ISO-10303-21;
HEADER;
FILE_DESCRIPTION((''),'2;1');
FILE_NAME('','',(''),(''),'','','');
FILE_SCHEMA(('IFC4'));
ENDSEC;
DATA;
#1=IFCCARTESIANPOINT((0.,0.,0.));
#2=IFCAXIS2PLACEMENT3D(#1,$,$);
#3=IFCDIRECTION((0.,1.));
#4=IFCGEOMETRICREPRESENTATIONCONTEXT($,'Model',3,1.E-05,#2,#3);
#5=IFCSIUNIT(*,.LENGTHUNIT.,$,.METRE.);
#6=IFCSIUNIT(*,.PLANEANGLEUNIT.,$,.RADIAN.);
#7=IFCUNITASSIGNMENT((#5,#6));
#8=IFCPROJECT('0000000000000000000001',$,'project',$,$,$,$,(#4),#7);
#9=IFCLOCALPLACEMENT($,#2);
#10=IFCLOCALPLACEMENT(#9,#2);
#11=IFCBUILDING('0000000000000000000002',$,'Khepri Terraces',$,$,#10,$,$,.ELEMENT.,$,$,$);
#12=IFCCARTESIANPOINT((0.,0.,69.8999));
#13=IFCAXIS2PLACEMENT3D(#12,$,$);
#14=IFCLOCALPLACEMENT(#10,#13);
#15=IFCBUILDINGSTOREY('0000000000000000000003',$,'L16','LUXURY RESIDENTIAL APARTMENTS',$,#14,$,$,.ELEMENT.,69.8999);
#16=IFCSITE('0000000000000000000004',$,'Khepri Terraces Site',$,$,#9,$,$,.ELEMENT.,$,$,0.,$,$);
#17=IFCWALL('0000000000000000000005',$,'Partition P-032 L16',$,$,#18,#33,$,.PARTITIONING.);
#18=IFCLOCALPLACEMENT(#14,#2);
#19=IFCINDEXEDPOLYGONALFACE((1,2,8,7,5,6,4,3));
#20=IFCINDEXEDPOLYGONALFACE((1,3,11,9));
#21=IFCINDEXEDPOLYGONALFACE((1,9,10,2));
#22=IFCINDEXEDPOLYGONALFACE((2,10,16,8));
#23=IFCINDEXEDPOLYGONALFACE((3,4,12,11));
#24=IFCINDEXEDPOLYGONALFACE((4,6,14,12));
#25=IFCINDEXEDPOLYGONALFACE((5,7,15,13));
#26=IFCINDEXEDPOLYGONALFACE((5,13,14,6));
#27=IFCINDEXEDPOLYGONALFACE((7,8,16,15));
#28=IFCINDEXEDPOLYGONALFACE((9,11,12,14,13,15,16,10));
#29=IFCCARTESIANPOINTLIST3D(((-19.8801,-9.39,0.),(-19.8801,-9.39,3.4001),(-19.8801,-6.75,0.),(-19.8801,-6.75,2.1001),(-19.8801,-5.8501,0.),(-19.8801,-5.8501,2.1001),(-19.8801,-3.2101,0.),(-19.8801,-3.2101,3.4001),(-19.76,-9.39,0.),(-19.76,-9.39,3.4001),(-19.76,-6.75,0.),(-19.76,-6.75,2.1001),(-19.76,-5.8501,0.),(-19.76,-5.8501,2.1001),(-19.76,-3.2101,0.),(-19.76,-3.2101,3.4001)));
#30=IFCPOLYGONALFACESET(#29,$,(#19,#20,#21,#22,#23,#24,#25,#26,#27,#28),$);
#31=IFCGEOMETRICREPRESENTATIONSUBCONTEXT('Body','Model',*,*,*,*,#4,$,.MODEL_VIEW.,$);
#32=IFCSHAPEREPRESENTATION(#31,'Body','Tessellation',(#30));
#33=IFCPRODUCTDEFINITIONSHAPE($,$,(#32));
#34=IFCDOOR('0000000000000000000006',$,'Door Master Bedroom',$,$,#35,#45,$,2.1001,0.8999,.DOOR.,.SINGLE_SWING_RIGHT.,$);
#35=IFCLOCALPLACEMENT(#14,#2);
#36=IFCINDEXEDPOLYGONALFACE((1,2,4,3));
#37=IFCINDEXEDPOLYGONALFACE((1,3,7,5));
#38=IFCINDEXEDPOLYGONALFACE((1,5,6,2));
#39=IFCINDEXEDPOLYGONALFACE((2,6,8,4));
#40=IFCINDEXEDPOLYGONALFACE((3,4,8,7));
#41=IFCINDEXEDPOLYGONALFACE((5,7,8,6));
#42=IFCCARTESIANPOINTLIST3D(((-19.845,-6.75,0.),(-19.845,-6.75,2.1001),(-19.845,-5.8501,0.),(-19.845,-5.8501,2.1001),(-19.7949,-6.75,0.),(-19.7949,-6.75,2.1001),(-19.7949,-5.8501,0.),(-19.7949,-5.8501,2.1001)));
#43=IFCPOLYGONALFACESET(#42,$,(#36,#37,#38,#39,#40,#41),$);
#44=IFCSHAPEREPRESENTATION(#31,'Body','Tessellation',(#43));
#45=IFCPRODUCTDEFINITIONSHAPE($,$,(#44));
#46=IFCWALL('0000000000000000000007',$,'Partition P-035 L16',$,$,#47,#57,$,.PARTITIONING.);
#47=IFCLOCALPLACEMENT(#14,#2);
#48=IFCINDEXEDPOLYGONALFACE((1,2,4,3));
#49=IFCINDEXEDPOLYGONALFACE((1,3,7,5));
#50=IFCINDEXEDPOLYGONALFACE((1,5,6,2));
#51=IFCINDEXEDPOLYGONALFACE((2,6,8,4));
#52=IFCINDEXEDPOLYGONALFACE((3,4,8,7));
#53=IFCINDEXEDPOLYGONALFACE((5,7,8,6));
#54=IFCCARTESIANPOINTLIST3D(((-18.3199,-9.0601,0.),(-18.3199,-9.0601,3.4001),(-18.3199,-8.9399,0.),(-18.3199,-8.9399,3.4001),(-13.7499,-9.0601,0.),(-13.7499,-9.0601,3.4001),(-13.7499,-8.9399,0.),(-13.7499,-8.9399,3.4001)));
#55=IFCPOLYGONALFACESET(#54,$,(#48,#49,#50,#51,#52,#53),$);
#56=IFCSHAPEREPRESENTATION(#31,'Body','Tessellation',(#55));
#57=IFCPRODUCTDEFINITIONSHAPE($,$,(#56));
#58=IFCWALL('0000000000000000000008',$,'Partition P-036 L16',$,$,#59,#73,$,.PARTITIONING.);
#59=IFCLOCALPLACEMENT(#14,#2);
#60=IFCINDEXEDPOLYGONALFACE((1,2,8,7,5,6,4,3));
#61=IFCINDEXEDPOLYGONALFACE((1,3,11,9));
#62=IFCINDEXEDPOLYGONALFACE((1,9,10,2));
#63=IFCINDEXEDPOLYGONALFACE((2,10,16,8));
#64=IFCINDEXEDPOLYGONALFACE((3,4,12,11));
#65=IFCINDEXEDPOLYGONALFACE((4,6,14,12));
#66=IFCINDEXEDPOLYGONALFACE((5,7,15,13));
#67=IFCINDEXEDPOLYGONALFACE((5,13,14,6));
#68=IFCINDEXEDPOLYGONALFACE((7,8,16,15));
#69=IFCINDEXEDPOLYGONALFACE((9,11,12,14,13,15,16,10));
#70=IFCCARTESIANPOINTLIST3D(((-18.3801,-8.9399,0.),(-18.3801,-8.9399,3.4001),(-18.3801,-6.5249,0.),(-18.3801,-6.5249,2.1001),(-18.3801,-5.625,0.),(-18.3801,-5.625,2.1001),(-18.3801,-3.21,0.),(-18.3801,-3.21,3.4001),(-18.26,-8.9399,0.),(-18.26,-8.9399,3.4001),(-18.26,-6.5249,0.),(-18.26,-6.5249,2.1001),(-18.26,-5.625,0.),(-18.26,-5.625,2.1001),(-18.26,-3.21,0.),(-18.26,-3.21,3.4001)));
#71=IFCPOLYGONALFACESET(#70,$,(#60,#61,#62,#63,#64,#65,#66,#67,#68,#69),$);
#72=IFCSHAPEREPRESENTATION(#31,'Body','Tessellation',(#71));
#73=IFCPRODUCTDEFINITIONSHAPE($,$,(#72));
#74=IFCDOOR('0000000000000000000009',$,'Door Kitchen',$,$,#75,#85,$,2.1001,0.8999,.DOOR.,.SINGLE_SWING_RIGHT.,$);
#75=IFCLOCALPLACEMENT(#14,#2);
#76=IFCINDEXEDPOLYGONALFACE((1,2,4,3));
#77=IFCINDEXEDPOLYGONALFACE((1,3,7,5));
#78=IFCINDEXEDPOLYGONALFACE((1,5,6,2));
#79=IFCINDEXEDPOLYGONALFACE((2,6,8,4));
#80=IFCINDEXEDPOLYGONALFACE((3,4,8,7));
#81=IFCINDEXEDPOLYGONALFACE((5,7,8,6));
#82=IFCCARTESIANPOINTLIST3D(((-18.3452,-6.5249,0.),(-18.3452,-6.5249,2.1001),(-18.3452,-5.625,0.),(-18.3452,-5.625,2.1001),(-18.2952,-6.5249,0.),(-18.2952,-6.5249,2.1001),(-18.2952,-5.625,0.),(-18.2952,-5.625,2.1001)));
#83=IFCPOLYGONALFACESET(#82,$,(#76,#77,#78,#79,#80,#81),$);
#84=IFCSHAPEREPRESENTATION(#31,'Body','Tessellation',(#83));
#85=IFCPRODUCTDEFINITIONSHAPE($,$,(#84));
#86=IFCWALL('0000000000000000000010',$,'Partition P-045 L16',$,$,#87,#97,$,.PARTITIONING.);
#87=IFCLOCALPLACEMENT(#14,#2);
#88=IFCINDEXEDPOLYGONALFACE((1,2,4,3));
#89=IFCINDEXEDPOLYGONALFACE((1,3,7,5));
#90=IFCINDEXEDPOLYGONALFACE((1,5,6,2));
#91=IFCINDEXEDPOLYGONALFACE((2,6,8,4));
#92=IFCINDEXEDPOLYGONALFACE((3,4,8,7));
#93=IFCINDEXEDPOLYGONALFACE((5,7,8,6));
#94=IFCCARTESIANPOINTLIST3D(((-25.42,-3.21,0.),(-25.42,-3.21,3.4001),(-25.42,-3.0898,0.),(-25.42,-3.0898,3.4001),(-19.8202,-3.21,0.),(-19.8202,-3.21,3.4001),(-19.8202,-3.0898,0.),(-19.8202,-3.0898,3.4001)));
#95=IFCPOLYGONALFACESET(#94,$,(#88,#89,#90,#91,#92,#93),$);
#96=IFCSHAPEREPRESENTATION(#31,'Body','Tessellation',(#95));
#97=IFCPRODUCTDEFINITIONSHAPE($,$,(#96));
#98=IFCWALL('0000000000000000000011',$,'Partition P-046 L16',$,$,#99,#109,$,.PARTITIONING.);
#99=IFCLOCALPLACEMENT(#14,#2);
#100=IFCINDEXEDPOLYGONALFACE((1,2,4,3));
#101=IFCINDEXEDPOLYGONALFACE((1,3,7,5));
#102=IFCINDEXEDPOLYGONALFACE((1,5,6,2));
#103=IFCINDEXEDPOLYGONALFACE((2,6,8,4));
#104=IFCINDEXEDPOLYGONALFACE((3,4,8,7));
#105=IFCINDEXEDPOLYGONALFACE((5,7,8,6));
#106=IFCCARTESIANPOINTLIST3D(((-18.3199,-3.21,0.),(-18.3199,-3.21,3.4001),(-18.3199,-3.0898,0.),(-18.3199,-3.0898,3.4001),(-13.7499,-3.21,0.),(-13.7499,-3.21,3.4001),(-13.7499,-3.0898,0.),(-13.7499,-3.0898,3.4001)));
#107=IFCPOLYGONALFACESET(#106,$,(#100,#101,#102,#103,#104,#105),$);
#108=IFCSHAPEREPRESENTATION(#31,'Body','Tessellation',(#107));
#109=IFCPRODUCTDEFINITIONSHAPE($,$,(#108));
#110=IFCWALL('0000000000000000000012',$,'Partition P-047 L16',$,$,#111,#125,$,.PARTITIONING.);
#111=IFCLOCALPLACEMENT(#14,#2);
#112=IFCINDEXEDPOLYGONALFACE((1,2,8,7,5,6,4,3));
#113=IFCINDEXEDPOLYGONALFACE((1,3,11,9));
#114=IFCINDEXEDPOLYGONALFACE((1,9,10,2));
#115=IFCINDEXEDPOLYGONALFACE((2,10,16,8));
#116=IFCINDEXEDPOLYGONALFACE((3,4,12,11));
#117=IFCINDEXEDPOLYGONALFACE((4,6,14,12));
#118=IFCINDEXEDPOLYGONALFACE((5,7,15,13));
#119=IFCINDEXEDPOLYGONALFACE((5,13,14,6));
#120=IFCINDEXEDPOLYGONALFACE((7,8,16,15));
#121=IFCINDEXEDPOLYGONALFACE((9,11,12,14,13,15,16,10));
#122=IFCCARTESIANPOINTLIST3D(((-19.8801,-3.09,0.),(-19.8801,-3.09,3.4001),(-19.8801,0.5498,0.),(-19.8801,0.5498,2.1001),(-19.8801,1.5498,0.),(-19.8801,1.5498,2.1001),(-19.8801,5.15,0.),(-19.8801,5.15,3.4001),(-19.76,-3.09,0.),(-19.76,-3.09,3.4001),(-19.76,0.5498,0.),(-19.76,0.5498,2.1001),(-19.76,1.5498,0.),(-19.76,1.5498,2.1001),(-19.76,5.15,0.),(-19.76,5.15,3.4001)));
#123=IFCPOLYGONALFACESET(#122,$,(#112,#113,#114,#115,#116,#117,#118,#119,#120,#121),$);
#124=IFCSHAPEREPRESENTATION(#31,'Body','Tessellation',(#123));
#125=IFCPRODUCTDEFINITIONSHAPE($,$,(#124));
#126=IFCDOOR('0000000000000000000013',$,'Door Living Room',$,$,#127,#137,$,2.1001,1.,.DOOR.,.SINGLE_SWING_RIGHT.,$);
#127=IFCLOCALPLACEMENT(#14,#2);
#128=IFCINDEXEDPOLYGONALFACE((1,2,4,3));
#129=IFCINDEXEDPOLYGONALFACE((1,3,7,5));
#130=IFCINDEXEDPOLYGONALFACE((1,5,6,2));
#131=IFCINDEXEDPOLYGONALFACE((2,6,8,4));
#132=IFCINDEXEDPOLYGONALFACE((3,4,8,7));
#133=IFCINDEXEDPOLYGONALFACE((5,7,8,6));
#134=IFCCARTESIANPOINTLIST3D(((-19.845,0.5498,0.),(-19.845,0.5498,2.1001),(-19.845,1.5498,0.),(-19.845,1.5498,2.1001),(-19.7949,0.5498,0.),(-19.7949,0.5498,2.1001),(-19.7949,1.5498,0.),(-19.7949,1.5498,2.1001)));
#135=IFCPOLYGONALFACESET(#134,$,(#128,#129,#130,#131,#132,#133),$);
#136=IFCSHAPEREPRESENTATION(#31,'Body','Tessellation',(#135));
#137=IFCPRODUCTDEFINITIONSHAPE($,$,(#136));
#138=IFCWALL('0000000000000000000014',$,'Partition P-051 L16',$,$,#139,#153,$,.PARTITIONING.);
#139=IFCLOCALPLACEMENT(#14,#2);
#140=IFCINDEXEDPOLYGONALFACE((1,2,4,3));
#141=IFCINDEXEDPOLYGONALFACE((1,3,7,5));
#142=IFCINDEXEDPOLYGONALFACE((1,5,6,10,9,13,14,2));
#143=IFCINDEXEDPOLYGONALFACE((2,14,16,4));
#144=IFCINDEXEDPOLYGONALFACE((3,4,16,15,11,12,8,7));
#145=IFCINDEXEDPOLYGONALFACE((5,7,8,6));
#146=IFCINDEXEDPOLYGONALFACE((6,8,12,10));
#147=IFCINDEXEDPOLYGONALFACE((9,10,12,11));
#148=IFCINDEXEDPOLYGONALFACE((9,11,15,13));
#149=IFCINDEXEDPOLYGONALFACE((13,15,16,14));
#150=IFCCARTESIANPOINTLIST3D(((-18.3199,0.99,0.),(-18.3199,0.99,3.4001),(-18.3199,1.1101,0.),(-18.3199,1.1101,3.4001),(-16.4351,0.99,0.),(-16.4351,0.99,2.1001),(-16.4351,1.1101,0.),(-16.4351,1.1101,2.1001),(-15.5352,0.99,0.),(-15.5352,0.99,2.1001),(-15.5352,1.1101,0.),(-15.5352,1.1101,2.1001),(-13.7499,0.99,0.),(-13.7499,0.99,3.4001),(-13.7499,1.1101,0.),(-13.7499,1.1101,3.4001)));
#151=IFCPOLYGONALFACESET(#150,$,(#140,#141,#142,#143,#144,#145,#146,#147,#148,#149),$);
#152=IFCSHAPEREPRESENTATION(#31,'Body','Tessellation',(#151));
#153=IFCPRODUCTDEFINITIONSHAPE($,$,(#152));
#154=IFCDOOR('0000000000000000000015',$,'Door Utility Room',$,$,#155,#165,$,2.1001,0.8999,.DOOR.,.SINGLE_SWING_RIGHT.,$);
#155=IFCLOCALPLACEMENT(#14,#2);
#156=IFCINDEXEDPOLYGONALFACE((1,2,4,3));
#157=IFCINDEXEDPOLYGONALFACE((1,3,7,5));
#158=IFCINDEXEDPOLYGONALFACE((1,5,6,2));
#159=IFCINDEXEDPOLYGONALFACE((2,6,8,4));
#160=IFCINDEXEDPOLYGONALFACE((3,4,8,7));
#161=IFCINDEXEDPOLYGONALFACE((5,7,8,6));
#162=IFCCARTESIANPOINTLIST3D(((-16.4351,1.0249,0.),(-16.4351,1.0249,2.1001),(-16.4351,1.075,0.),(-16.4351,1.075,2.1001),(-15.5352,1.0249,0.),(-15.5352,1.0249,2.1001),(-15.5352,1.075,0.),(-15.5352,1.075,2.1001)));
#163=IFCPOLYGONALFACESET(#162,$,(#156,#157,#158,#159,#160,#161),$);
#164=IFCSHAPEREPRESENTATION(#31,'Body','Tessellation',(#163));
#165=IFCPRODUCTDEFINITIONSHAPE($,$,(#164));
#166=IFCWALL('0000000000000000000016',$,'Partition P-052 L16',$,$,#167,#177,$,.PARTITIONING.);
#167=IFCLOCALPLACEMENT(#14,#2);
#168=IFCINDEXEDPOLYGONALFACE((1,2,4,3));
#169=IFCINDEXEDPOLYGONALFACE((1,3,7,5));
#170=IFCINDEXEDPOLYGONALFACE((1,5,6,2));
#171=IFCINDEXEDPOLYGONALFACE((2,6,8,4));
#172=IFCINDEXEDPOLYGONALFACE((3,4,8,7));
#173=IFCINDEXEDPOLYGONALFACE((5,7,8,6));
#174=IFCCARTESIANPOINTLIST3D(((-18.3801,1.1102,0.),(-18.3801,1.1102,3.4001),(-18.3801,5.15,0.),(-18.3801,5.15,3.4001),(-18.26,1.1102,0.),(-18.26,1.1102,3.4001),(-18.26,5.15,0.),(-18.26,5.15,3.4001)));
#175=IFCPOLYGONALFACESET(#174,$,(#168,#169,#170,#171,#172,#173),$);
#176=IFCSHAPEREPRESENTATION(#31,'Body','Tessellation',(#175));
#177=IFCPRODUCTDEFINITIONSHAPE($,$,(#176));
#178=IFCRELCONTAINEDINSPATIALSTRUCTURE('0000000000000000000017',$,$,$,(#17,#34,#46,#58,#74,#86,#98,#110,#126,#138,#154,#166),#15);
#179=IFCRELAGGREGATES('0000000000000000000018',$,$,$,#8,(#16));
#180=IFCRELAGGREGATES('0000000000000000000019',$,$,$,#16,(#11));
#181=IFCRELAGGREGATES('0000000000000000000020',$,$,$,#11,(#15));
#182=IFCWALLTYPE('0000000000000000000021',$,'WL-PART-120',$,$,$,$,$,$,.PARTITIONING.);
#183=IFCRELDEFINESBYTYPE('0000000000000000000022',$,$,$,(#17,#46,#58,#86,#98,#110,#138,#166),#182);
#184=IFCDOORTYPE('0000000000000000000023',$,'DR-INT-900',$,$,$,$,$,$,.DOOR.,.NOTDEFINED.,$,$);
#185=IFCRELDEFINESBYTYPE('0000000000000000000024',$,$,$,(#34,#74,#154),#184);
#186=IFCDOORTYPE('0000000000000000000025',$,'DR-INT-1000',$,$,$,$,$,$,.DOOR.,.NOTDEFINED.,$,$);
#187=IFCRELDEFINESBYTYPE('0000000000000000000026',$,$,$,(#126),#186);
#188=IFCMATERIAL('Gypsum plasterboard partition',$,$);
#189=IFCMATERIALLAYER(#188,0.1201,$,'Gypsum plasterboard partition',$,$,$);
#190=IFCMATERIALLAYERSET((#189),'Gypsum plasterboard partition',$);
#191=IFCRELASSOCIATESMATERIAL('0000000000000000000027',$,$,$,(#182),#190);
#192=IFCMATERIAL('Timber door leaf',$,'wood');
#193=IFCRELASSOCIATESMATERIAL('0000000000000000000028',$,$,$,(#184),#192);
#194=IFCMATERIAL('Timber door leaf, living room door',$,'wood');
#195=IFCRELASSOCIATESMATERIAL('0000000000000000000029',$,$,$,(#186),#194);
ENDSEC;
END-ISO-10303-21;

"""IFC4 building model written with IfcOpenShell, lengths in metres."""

from ifc_helpers import new_model, si_unit, direction, frame, frame_2d, origin, place, context, subcontext, project, spatial, rectangle, extrude, material, layer, layer_set, type_object, element, fill, save


model = new_model("IFC4")

# Units and contexts
model_context = context("Model", 3, precision=1e-05, world=origin(), true_north=direction((0.0, 1.0)))
body_context = subcontext(model_context, "Body", "Model", "MODEL_VIEW")
ifc_project = project(units=[si_unit("LENGTHUNIT", "METRE"), si_unit("PLANEANGLEUNIT", "RADIAN")], contexts=[model_context])

# Site, building, storey
site_placement = place(None, origin())
site = spatial("IfcSite", under=ifc_project, at=site_placement, Name="Khepri Terraces Site", CompositionType="ELEMENT", RefElevation=0.0)
building_placement = place(site_placement, origin())
building = spatial("IfcBuilding", under=site, at=building_placement, Name="Khepri Terraces", CompositionType="ELEMENT")
storey_placement = place(building_placement, frame((0.0, 0.0, 69.8999)))
storey = spatial("IfcBuildingStorey", under=building, at=storey_placement, Name="L16", Description="LUXURY RESIDENTIAL APARTMENTS", CompositionType="ELEMENT", Elevation=69.8999)

# Wall, opening, door
ifc_material_1 = material(Name="Gypsum plasterboard partition")
ifc_layer_1 = layer(ifc_material_1, 0.1201, Name="Gypsum plasterboard partition")
ifc_layer_set_1 = layer_set([ifc_layer_1], Name="Gypsum plasterboard partition")
wall_type_1 = type_object("IfcWallType", Name="WL-PART-120", PredefinedType="PARTITIONING", material=ifc_layer_set_1)
ifc_material_2 = material(Name="Timber door leaf", Category="wood")
door_type_1 = type_object("IfcDoorType", Name="DR-INT-900", OperationType="NOTDEFINED", PredefinedType="DOOR", material=ifc_material_2)
wall_1_placement = place(storey_placement, frame((-19.8201, -9.3899, 0.0), z_axis=(0.0, 0.0, 1.0), x_axis=(0.0, 1.0, 0.0)))
wall_1 = element("IfcWall", 1, at=wall_1_placement, inside=storey, type_object=wall_type_1, Name="Partition P-032 L16", PredefinedType="PARTITIONING", context=body_context, shape_type="SweptSolid", body=[
    extrude(rectangle(XDim=6.1799, YDim=0.1201, at=frame_2d((3.0898, 0.0))), origin(), (0.0, 0.0, 1.0), 3.4001),
])
opening_1_placement = place(wall_1_placement, frame((2.6399, 0.0, 0.0)))
opening_1 = element("IfcOpeningElement", 2, at=opening_1_placement, cuts=wall_1, PredefinedType="OPENING", context=body_context, shape_type="SweptSolid", body=[
    extrude(rectangle(XDim=0.8999, YDim=2.1001, at=frame_2d((0.45, 1.05))), frame((0.0, 0.0701, 0.0), z_axis=(0.0, -1.0, 0.0), x_axis=(1.0, 0.0, 0.0)), (0.0, 0.0, 1.0), 0.1401),
])
door_1_placement = place(opening_1_placement, origin())
door_1 = element("IfcDoor", 3, at=door_1_placement, inside=storey, type_object=door_type_1, Name="Door Master Bedroom", OperationType="SINGLE_SWING_RIGHT", OverallHeight=2.1001, OverallWidth=0.8999, PredefinedType="DOOR", context=body_context, shape_type="SweptSolid", body=[
    extrude(rectangle(XDim=0.8999, YDim=2.1001, at=frame_2d((0.45, 1.05))), frame((0.0, 0.0249, 0.0), z_axis=(0.0, -1.0, 0.0), x_axis=(1.0, 0.0, 0.0)), (0.0, 0.0, 1.0), 0.05),
])
fill(opening_1, door_1)

# Wall
wall_2_placement = place(storey_placement, frame((-18.3201, -9.0, 0.0), z_axis=(0.0, 0.0, 1.0), x_axis=(1.0, 0.0, 0.0)))
element("IfcWall", 4, at=wall_2_placement, inside=storey, type_object=wall_type_1, Name="Partition P-035 L16", PredefinedType="PARTITIONING", context=body_context, shape_type="SweptSolid", body=[
    extrude(rectangle(XDim=4.5701, YDim=0.1201, at=frame_2d((2.2852, 0.0))), origin(), (0.0, 0.0, 1.0), 3.4001),
])

# Wall, opening, door
wall_3_placement = place(storey_placement, frame((-18.3201, -8.9399, 0.0), z_axis=(0.0, 0.0, 1.0), x_axis=(0.0, 1.0, 0.0)))
wall_3 = element("IfcWall", 5, at=wall_3_placement, inside=storey, type_object=wall_type_1, Name="Partition P-036 L16", PredefinedType="PARTITIONING", context=body_context, shape_type="SweptSolid", body=[
    extrude(rectangle(XDim=5.73, YDim=0.1201, at=frame_2d((2.865, 0.0))), origin(), (0.0, 0.0, 1.0), 3.4001),
])
opening_2_placement = place(wall_3_placement, frame((2.415, 0.0, 0.0)))
opening_2 = element("IfcOpeningElement", 6, at=opening_2_placement, cuts=wall_3, PredefinedType="OPENING", context=body_context, shape_type="SweptSolid", body=[
    extrude(rectangle(XDim=0.8999, YDim=2.1001, at=frame_2d((0.45, 1.05))), frame((0.0, 0.0701, 0.0), z_axis=(0.0, -1.0, 0.0), x_axis=(1.0, 0.0, 0.0)), (0.0, 0.0, 1.0), 0.1401),
])
door_2_placement = place(opening_2_placement, frame((0.8999, 0.0, 0.0), z_axis=(0.0, 0.0, 1.0), x_axis=(-1.0, 0.0, 0.0)))
door_2 = element("IfcDoor", 7, at=door_2_placement, inside=storey, type_object=door_type_1, Name="Door Kitchen", OperationType="SINGLE_SWING_RIGHT", OverallHeight=2.1001, OverallWidth=0.8999, PredefinedType="DOOR", context=body_context, shape_type="SweptSolid", body=[
    extrude(rectangle(XDim=0.8999, YDim=2.1001, at=frame_2d((0.45, 1.05))), frame((0.0, 0.0249, 0.0), z_axis=(0.0, -1.0, 0.0), x_axis=(1.0, 0.0, 0.0)), (0.0, 0.0, 1.0), 0.05),
])
fill(opening_2, door_2)

# Walls
wall_4_placement = place(storey_placement, frame((-25.4199, -3.1499, 0.0), z_axis=(0.0, 0.0, 1.0), x_axis=(1.0, 0.0, 0.0)))
element("IfcWall", 8, at=wall_4_placement, inside=storey, type_object=wall_type_1, Name="Partition P-045 L16", PredefinedType="PARTITIONING", context=body_context, shape_type="SweptSolid", body=[
    extrude(rectangle(XDim=5.5999, YDim=0.1201, at=frame_2d((2.7998, 0.0))), origin(), (0.0, 0.0, 1.0), 3.4001),
])
wall_5_placement = place(storey_placement, frame((-18.3201, -3.1499, 0.0), z_axis=(0.0, 0.0, 1.0), x_axis=(1.0, 0.0, 0.0)))
element("IfcWall", 9, at=wall_5_placement, inside=storey, type_object=wall_type_1, Name="Partition P-046 L16", PredefinedType="PARTITIONING", context=body_context, shape_type="SweptSolid", body=[
    extrude(rectangle(XDim=4.5701, YDim=0.1201, at=frame_2d((2.2852, 0.0))), origin(), (0.0, 0.0, 1.0), 3.4001),
])

# Walls, openings, doors
wall_6_placement = place(storey_placement, frame((-19.8201, -3.0901, 0.0), z_axis=(0.0, 0.0, 1.0), x_axis=(0.0, 1.0, 0.0)))
wall_6 = element("IfcWall", 10, at=wall_6_placement, inside=storey, type_object=wall_type_1, Name="Partition P-047 L16", PredefinedType="PARTITIONING", context=body_context, shape_type="SweptSolid", body=[
    extrude(rectangle(XDim=8.24, YDim=0.1201, at=frame_2d((4.1201, 0.0))), origin(), (0.0, 0.0, 1.0), 3.4001),
])
opening_3_placement = place(wall_6_placement, frame((3.6399, 0.0, 0.0)))
opening_3 = element("IfcOpeningElement", 11, at=opening_3_placement, cuts=wall_6, PredefinedType="OPENING", context=body_context, shape_type="SweptSolid", body=[
    extrude(rectangle(XDim=1.0, YDim=2.1001, at=frame_2d((0.5, 1.05))), frame((0.0, 0.0701, 0.0), z_axis=(0.0, -1.0, 0.0), x_axis=(1.0, 0.0, 0.0)), (0.0, 0.0, 1.0), 0.1401),
])
ifc_material_3 = material(Name="Timber door leaf, living room door", Category="wood")
door_type_2 = type_object("IfcDoorType", Name="DR-INT-1000", OperationType="NOTDEFINED", PredefinedType="DOOR", material=ifc_material_3)
door_3_placement = place(opening_3_placement, origin())
door_3 = element("IfcDoor", 12, at=door_3_placement, inside=storey, type_object=door_type_2, Name="Door Living Room", OperationType="SINGLE_SWING_RIGHT", OverallHeight=2.1001, OverallWidth=1.0, PredefinedType="DOOR", context=body_context, shape_type="SweptSolid", body=[
    extrude(rectangle(XDim=1.0, YDim=2.1001, at=frame_2d((0.5, 1.05))), frame((0.0, 0.0249, 0.0), z_axis=(0.0, -1.0, 0.0), x_axis=(1.0, 0.0, 0.0)), (0.0, 0.0, 1.0), 0.05),
])
fill(opening_3, door_3)
wall_7_placement = place(storey_placement, frame((-18.3201, 1.05, 0.0), z_axis=(0.0, 0.0, 1.0), x_axis=(1.0, 0.0, 0.0)))
wall_7 = element("IfcWall", 13, at=wall_7_placement, inside=storey, type_object=wall_type_1, Name="Partition P-051 L16", PredefinedType="PARTITIONING", context=body_context, shape_type="SweptSolid", body=[
    extrude(rectangle(XDim=4.5701, YDim=0.1201, at=frame_2d((2.2852, 0.0))), origin(), (0.0, 0.0, 1.0), 3.4001),
])
opening_4_placement = place(wall_7_placement, frame((1.885, 0.0, 0.0)))
opening_4 = element("IfcOpeningElement", 14, at=opening_4_placement, cuts=wall_7, PredefinedType="OPENING", context=body_context, shape_type="SweptSolid", body=[
    extrude(rectangle(XDim=0.8999, YDim=2.1001, at=frame_2d((0.45, 1.05))), frame((0.0, 0.0701, 0.0), z_axis=(0.0, -1.0, 0.0), x_axis=(1.0, 0.0, 0.0)), (0.0, 0.0, 1.0), 0.1401),
])
door_4_placement = place(opening_4_placement, origin())
door_4 = element("IfcDoor", 15, at=door_4_placement, inside=storey, type_object=door_type_1, Name="Door Utility Room", OperationType="SINGLE_SWING_RIGHT", OverallHeight=2.1001, OverallWidth=0.8999, PredefinedType="DOOR", context=body_context, shape_type="SweptSolid", body=[
    extrude(rectangle(XDim=0.8999, YDim=2.1001, at=frame_2d((0.45, 1.05))), frame((0.0, 0.0249, 0.0), z_axis=(0.0, -1.0, 0.0), x_axis=(1.0, 0.0, 0.0)), (0.0, 0.0, 1.0), 0.05),
])
fill(opening_4, door_4)

# Wall
wall_8_placement = place(storey_placement, frame((-18.3201, 1.1101, 0.0), z_axis=(0.0, 0.0, 1.0), x_axis=(0.0, 1.0, 0.0)))
element("IfcWall", 16, at=wall_8_placement, inside=storey, type_object=wall_type_1, Name="Partition P-052 L16", PredefinedType="PARTITIONING", context=body_context, shape_type="SweptSolid", body=[
    extrude(rectangle(XDim=4.0398, YDim=0.1201, at=frame_2d((2.02, 0.0))), origin(), (0.0, 0.0, 1.0), 3.4001),
])

save(model, "model.ifc")
